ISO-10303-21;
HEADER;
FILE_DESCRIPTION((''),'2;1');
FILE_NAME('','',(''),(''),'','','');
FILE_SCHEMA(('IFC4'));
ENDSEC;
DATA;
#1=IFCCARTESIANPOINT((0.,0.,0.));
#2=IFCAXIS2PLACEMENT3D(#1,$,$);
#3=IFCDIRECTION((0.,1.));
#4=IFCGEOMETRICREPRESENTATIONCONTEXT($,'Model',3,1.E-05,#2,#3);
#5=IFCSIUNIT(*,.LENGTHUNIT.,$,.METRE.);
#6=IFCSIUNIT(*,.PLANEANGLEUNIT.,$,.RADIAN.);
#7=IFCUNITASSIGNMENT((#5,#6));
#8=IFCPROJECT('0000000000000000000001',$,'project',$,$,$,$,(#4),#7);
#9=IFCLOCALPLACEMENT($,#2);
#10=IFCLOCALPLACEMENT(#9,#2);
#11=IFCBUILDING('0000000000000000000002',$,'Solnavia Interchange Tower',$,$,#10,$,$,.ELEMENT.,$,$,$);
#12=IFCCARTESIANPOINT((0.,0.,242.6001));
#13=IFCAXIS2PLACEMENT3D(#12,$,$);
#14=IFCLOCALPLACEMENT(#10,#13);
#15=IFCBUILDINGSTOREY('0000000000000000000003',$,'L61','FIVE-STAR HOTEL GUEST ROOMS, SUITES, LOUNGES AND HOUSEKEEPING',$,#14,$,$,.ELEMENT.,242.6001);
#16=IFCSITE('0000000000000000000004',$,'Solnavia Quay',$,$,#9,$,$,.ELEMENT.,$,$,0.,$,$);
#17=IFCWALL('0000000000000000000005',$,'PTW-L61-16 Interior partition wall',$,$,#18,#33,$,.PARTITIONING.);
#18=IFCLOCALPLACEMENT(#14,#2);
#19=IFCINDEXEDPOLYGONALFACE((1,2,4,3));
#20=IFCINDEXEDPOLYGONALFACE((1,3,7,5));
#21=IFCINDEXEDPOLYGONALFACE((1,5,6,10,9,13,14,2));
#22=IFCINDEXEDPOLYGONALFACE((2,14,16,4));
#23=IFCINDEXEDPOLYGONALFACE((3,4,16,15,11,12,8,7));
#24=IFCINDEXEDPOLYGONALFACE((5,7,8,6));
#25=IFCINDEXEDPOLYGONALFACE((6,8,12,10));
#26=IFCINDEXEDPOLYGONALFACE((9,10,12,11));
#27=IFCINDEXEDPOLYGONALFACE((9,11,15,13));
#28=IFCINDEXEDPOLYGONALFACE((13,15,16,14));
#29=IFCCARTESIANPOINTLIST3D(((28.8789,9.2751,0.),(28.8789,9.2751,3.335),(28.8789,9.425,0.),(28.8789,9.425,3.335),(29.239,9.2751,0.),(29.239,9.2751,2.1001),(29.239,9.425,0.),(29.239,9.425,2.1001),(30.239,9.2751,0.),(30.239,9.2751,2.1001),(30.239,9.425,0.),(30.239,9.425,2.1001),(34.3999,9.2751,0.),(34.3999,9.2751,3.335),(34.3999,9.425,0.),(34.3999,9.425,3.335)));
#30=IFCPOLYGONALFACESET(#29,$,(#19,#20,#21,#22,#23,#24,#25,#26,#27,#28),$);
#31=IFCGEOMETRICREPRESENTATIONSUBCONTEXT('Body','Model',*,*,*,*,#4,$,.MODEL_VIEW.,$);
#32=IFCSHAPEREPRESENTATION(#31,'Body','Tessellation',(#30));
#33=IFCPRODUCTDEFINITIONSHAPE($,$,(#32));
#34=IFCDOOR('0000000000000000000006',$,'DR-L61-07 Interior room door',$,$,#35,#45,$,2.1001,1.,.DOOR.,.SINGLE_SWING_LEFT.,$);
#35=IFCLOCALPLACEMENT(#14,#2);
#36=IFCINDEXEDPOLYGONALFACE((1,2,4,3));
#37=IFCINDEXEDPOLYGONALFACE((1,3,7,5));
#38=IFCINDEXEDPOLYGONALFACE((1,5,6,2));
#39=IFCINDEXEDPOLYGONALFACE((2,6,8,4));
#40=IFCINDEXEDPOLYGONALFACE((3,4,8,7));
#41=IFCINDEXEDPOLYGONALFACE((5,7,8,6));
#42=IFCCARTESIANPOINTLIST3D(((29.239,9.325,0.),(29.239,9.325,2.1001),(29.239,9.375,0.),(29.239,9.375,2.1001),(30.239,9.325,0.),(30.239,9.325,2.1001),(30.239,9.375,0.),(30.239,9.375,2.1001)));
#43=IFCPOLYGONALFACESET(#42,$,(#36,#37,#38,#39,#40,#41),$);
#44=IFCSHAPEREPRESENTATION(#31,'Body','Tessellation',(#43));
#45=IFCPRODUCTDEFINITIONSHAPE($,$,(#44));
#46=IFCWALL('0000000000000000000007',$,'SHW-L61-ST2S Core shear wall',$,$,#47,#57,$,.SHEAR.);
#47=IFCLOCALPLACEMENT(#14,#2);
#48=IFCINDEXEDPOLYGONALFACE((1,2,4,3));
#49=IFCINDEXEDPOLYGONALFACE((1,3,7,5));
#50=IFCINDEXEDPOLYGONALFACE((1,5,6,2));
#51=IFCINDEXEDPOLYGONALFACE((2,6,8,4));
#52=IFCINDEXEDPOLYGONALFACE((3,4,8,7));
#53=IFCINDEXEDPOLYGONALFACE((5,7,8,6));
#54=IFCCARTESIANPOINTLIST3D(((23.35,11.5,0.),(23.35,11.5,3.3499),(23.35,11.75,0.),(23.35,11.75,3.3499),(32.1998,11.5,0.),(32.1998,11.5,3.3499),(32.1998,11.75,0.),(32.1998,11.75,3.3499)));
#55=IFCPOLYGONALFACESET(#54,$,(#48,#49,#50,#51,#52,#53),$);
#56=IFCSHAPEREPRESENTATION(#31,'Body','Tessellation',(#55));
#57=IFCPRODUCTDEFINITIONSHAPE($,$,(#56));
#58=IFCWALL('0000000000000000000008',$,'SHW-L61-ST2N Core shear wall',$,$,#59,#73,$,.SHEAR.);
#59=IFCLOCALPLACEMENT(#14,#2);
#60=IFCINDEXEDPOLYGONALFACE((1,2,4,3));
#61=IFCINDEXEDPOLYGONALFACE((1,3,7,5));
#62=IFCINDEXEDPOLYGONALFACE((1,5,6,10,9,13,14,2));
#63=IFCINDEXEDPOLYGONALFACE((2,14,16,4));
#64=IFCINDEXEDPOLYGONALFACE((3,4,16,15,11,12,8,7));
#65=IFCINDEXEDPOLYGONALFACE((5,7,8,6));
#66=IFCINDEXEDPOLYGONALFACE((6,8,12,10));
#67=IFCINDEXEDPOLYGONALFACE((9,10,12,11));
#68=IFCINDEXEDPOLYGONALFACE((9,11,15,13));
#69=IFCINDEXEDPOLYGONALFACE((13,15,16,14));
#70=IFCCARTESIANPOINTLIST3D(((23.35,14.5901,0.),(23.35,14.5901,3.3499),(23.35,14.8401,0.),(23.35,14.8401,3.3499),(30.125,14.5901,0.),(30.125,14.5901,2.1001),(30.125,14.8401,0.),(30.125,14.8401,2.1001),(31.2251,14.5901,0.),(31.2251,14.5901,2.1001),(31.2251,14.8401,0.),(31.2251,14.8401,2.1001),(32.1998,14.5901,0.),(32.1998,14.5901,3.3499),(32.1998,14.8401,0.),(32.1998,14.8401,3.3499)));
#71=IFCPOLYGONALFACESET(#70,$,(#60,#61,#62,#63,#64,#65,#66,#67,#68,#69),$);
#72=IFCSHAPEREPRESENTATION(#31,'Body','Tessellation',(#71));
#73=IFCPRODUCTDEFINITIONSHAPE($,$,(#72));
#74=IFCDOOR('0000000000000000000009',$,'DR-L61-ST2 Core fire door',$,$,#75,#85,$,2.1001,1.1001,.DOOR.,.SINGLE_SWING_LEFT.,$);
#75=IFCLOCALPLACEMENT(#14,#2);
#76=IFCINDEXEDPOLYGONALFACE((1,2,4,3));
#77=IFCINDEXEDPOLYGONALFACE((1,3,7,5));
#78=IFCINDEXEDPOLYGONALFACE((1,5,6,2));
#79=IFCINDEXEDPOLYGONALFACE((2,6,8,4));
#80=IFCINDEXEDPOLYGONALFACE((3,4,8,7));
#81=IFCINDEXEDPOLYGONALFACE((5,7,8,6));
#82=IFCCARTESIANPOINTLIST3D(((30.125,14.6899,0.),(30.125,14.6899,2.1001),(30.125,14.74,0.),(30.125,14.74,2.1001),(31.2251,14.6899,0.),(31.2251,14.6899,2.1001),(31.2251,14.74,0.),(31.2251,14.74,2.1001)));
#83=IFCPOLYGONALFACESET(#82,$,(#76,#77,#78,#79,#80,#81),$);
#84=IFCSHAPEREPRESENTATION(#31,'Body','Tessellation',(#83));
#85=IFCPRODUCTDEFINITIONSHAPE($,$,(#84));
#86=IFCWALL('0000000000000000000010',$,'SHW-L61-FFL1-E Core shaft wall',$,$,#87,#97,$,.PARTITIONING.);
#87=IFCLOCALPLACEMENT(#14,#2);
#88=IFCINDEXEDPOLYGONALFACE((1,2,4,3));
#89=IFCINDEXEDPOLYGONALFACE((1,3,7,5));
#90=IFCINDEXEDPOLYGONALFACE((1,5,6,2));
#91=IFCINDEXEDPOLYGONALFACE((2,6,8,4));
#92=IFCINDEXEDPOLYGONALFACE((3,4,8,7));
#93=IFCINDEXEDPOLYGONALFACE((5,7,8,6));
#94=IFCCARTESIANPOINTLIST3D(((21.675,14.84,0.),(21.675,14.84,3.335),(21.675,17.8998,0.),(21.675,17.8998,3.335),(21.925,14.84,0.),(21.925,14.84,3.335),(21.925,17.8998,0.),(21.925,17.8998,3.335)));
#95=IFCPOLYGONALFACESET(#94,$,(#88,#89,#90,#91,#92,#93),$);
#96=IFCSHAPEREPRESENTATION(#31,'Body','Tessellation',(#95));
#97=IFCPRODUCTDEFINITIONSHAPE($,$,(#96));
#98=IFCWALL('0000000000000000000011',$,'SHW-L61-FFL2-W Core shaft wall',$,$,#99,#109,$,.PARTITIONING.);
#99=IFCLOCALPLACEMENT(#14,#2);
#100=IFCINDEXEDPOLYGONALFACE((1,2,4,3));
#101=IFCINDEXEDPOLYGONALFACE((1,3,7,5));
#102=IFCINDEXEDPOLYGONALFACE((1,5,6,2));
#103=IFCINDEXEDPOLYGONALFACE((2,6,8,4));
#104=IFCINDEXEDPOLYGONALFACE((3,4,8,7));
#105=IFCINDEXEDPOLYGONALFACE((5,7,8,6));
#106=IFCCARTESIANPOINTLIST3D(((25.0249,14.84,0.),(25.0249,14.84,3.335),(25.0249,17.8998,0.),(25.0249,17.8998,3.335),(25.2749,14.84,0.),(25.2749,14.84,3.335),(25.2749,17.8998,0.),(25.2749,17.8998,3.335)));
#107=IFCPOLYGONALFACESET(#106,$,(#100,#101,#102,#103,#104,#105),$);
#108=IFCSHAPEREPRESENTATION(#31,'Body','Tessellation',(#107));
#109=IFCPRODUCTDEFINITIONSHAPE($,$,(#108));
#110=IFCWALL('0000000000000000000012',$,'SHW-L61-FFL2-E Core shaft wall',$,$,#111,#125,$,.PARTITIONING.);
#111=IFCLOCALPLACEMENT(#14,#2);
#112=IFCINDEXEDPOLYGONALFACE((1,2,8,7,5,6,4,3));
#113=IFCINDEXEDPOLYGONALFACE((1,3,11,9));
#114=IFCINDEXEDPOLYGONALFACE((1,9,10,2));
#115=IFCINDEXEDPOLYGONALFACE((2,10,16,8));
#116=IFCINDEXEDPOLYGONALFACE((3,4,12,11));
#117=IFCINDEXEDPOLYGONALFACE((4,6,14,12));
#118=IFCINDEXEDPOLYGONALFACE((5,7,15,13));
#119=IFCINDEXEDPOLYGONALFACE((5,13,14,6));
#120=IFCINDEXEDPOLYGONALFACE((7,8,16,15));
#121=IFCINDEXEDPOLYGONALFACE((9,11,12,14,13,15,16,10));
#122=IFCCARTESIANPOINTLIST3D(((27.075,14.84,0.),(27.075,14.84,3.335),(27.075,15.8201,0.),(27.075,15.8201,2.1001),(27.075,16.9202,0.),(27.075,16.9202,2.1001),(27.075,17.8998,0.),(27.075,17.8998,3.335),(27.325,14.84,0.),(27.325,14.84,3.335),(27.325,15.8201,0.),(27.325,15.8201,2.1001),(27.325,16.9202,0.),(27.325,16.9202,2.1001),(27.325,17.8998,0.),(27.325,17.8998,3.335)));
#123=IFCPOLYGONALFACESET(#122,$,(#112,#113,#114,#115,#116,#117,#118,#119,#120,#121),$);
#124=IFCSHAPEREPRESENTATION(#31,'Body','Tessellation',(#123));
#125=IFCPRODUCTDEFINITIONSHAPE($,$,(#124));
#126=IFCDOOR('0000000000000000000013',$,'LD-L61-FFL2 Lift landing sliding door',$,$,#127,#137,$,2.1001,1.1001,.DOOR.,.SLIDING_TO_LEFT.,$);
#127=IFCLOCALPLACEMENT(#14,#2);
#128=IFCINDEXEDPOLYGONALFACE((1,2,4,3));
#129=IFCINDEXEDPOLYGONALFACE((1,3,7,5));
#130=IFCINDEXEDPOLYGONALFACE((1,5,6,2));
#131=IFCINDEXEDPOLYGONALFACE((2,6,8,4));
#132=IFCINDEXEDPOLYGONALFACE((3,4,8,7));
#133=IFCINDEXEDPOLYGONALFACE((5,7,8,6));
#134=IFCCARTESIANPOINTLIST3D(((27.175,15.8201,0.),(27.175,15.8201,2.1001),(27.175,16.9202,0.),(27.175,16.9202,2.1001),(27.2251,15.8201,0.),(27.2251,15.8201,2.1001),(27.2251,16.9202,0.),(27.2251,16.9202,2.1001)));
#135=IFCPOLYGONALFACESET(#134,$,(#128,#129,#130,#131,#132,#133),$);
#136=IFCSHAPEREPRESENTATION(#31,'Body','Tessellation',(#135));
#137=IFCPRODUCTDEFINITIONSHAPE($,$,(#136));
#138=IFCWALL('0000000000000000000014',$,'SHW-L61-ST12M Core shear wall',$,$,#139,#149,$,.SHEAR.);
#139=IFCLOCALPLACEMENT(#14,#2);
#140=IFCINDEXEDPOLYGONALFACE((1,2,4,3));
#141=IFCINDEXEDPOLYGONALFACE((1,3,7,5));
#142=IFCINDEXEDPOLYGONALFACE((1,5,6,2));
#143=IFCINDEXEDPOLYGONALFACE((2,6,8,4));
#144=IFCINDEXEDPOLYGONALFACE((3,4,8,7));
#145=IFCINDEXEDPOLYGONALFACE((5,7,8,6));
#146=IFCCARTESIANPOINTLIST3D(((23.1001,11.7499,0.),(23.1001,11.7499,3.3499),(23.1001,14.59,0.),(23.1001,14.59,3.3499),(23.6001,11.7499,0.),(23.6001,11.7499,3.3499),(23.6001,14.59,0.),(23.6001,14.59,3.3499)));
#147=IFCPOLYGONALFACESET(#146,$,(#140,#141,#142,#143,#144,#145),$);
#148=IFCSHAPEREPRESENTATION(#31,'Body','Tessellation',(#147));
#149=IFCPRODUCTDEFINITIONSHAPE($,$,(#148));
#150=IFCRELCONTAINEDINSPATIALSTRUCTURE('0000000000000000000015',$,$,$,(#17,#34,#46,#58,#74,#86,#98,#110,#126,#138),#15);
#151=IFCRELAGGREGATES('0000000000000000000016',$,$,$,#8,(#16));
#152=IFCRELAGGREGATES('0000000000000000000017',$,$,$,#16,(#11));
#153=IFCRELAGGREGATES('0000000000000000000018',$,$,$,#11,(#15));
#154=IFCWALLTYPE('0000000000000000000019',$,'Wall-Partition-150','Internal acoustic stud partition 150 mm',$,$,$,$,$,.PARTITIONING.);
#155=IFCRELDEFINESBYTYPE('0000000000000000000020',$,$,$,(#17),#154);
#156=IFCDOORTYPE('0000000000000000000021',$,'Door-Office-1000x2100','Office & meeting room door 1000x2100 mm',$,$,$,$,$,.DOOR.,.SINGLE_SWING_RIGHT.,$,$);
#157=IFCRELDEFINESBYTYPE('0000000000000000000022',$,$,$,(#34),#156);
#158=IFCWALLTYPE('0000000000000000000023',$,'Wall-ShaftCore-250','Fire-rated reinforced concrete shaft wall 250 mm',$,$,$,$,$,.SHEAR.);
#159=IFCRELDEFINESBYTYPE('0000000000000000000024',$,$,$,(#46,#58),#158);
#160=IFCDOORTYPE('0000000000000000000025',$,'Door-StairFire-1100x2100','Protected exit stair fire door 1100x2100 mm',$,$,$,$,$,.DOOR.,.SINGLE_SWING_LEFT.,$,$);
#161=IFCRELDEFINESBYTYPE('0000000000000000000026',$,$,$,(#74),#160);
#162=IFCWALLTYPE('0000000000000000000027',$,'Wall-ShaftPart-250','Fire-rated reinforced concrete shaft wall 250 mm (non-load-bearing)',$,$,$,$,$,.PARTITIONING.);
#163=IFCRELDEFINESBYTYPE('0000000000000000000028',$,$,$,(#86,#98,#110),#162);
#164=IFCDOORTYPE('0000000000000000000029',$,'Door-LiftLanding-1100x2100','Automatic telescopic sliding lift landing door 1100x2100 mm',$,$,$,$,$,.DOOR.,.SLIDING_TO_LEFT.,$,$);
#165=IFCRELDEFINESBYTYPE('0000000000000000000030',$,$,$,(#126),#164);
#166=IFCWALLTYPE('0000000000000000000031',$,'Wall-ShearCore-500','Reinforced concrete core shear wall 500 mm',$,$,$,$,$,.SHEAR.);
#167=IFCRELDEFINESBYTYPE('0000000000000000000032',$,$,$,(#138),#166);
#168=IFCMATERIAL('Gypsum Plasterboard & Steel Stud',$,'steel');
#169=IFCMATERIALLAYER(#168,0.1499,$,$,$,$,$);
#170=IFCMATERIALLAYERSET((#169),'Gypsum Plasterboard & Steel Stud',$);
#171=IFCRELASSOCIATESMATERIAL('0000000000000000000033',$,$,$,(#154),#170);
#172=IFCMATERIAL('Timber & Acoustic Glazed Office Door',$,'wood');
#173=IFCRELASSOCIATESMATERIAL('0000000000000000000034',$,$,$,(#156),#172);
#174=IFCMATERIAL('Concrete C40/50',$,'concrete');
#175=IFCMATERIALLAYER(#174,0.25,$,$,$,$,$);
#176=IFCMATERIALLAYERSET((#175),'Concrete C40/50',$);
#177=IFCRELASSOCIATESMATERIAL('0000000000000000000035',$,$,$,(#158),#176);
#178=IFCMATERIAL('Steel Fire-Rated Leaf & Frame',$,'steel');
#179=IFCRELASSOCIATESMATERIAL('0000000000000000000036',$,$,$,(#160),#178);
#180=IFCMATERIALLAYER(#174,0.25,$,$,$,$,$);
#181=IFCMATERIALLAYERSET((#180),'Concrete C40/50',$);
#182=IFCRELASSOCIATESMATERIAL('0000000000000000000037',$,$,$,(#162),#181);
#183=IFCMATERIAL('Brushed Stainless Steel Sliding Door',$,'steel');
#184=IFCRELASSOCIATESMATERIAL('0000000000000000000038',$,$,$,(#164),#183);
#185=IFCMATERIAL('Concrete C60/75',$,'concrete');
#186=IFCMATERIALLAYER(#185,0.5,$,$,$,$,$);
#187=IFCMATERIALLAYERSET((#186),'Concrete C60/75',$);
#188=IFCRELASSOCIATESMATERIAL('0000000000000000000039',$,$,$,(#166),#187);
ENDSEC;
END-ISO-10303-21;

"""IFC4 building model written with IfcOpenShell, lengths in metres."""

from ifc_helpers import new_model, si_unit, direction, frame, frame_2d, origin, place, context, subcontext, project, spatial, rectangle, extrude, material, layer, layer_set, type_object, element, fill, save


model = new_model("IFC4")

# Units and contexts
model_context = context("Model", 3, precision=1e-05, world=origin(), true_north=direction((0.0, 1.0)))
body_context = subcontext(model_context, "Body", "Model", "MODEL_VIEW")
ifc_project = project(units=[si_unit("LENGTHUNIT", "METRE"), si_unit("PLANEANGLEUNIT", "RADIAN")], contexts=[model_context])

# Site, building, storey
site_placement = place(None, origin())
site = spatial("IfcSite", under=ifc_project, at=site_placement, Name="Solnavia Quay", CompositionType="ELEMENT", RefElevation=0.0)
building_placement = place(site_placement, origin())
building = spatial("IfcBuilding", under=site, at=building_placement, Name="Solnavia Interchange Tower", CompositionType="ELEMENT")
storey_placement = place(building_placement, frame((0.0, 0.0, 242.6001)))
storey = spatial("IfcBuildingStorey", under=building, at=storey_placement, Name="L61", Description="FIVE-STAR HOTEL GUEST ROOMS, SUITES, LOUNGES AND HOUSEKEEPING", CompositionType="ELEMENT", Elevation=242.6001)

# Wall, opening, door
ifc_material_1 = material(Name="Gypsum Plasterboard & Steel Stud", Category="steel")
ifc_layer_1 = layer(ifc_material_1, 0.1499)
ifc_layer_set_1 = layer_set([ifc_layer_1], Name="Gypsum Plasterboard & Steel Stud")
wall_type_1 = type_object("IfcWallType", Name="Wall-Partition-150", Description="Internal acoustic stud partition 150 mm", PredefinedType="PARTITIONING", material=ifc_layer_set_1)
wall_1_placement = place(storey_placement, frame((28.8789, 9.3501, 0.0), z_axis=(0.0, 0.0, 1.0), x_axis=(1.0, 0.0, 0.0)))
wall_1 = element("IfcWall", 1, at=wall_1_placement, inside=storey, type_object=wall_type_1, Name="PTW-L61-16 Interior partition wall", PredefinedType="PARTITIONING", context=body_context, shape_type="SweptSolid", body=[
    extrude(rectangle(XDim=5.521, YDim=0.1499, at=frame_2d((2.7605, 0.0))), origin(), (0.0, 0.0, 1.0), 3.335),
])
opening_1_placement = place(wall_1_placement, frame((0.3601, 0.0, 0.0)))
opening_1 = element("IfcOpeningElement", 2, at=opening_1_placement, cuts=wall_1, PredefinedType="OPENING", context=body_context, shape_type="SweptSolid", body=[
    extrude(rectangle(XDim=1.0, YDim=2.1001, at=frame_2d((0.5, 1.05))), frame((0.0, 0.085, 0.0), z_axis=(0.0, -1.0, 0.0), x_axis=(1.0, 0.0, 0.0)), (0.0, 0.0, 1.0), 0.1699),
])
ifc_material_2 = material(Name="Timber & Acoustic Glazed Office Door", Category="wood")
door_type_1 = type_object("IfcDoorType", Name="Door-Office-1000x2100", Description="Office & meeting room door 1000x2100 mm", OperationType="SINGLE_SWING_RIGHT", PredefinedType="DOOR", material=ifc_material_2)
door_1_placement = place(opening_1_placement, origin())
door_1 = element("IfcDoor", 3, at=door_1_placement, inside=storey, type_object=door_type_1, Name="DR-L61-07 Interior room door", OperationType="SINGLE_SWING_LEFT", OverallHeight=2.1001, OverallWidth=1.0, PredefinedType="DOOR", context=body_context, shape_type="SweptSolid", body=[
    extrude(rectangle(XDim=1.0, YDim=2.1001, at=frame_2d((0.5, 1.05))), frame((0.0, 0.0249, 0.0), z_axis=(0.0, -1.0, 0.0), x_axis=(1.0, 0.0, 0.0)), (0.0, 0.0, 1.0), 0.05),
])
fill(opening_1, door_1)

# Wall
ifc_material_3 = material(Name="Concrete C40/50", Category="concrete")
ifc_layer_2 = layer(ifc_material_3, 0.25)
ifc_layer_set_2 = layer_set([ifc_layer_2], Name="Concrete C40/50")
wall_type_2 = type_object("IfcWallType", Name="Wall-ShaftCore-250", Description="Fire-rated reinforced concrete shaft wall 250 mm", PredefinedType="SHEAR", material=ifc_layer_set_2)
wall_2_placement = place(storey_placement, frame((23.3501, 11.625, 0.0), z_axis=(0.0, 0.0, 1.0), x_axis=(1.0, 0.0, 0.0)))
element("IfcWall", 4, at=wall_2_placement, inside=storey, type_object=wall_type_2, Name="SHW-L61-ST2S Core shear wall", PredefinedType="SHEAR", context=body_context, shape_type="SweptSolid", body=[
    extrude(rectangle(XDim=8.8499, YDim=0.25, at=frame_2d((4.4248, 0.0))), origin(), (0.0, 0.0, 1.0), 3.3499),
])

# Wall, opening, door
wall_3_placement = place(storey_placement, frame((23.3501, 14.7151, 0.0), z_axis=(0.0, 0.0, 1.0), x_axis=(1.0, 0.0, 0.0)))
wall_3 = element("IfcWall", 5, at=wall_3_placement, inside=storey, type_object=wall_type_2, Name="SHW-L61-ST2N Core shear wall", PredefinedType="SHEAR", context=body_context, shape_type="SweptSolid", body=[
    extrude(rectangle(XDim=8.8499, YDim=0.25, at=frame_2d((4.4248, 0.0))), origin(), (0.0, 0.0, 1.0), 3.3499),
])
opening_2_placement = place(wall_3_placement, frame((6.7749, 0.0, 0.0)))
opening_2 = element("IfcOpeningElement", 6, at=opening_2_placement, cuts=wall_3, PredefinedType="OPENING", context=body_context, shape_type="SweptSolid", body=[
    extrude(rectangle(XDim=1.1001, YDim=2.1001, at=frame_2d((0.55, 1.05))), frame((0.0, 0.135, 0.0), z_axis=(0.0, -1.0, 0.0), x_axis=(1.0, 0.0, 0.0)), (0.0, 0.0, 1.0), 0.27),
])
ifc_material_4 = material(Name="Steel Fire-Rated Leaf & Frame", Category="steel")
door_type_2 = type_object("IfcDoorType", Name="Door-StairFire-1100x2100", Description="Protected exit stair fire door 1100x2100 mm", OperationType="SINGLE_SWING_LEFT", PredefinedType="DOOR", material=ifc_material_4)
door_2_placement = place(opening_2_placement, origin())
door_2 = element("IfcDoor", 7, at=door_2_placement, inside=storey, type_object=door_type_2, Name="DR-L61-ST2 Core fire door", OperationType="SINGLE_SWING_LEFT", OverallHeight=2.1001, OverallWidth=1.1001, PredefinedType="DOOR", context=body_context, shape_type="SweptSolid", body=[
    extrude(rectangle(XDim=1.1001, YDim=2.1001, at=frame_2d((0.55, 1.05))), frame((0.0, 0.0249, 0.0), z_axis=(0.0, -1.0, 0.0), x_axis=(1.0, 0.0, 0.0)), (0.0, 0.0, 1.0), 0.05),
])
fill(opening_2, door_2)

# Walls
ifc_layer_3 = layer(ifc_material_3, 0.25)
ifc_layer_set_3 = layer_set([ifc_layer_3], Name="Concrete C40/50")
wall_type_3 = type_object("IfcWallType", Name="Wall-ShaftPart-250", Description="Fire-rated reinforced concrete shaft wall 250 mm (non-load-bearing)", PredefinedType="PARTITIONING", material=ifc_layer_set_3)
for number, where, z_axis, x_axis, name in (
    (8, (21.8, 14.8401, 0.0), (0.0, 0.0, 1.0), (0.0, 1.0, 0.0), "SHW-L61-FFL1-E Core shaft wall"),
    (9, (25.1499, 14.8401, 0.0), (0.0, 0.0, 1.0), (0.0, 1.0, 0.0), "SHW-L61-FFL2-W Core shaft wall"),
):
    element("IfcWall", number, at=place(storey_placement, frame(where, z_axis=z_axis, x_axis=x_axis)), inside=storey, type_object=wall_type_3, Name=name, PredefinedType="PARTITIONING", context=body_context, shape_type="SweptSolid", body=[
        extrude(rectangle(XDim=3.0598, YDim=0.25, at=frame_2d((1.5298, 0.0))), origin(), (0.0, 0.0, 1.0), 3.335),
    ])

# Wall, opening, door
wall_4_placement = place(storey_placement, frame((27.2, 14.8401, 0.0), z_axis=(0.0, 0.0, 1.0), x_axis=(0.0, 1.0, 0.0)))
wall_4 = element("IfcWall", 10, at=wall_4_placement, inside=storey, type_object=wall_type_3, Name="SHW-L61-FFL2-E Core shaft wall", PredefinedType="PARTITIONING", context=body_context, shape_type="SweptSolid", body=[
    extrude(rectangle(XDim=3.0598, YDim=0.25, at=frame_2d((1.5298, 0.0))), origin(), (0.0, 0.0, 1.0), 3.335),
])
opening_3_placement = place(wall_4_placement, frame((0.98, 0.0, 0.0)))
opening_3 = element("IfcOpeningElement", 11, at=opening_3_placement, cuts=wall_4, PredefinedType="OPENING", context=body_context, shape_type="SweptSolid", body=[
    extrude(rectangle(XDim=1.1001, YDim=2.1001, at=frame_2d((0.55, 1.05))), frame((0.0, 0.135, 0.0), z_axis=(0.0, -1.0, 0.0), x_axis=(1.0, 0.0, 0.0)), (0.0, 0.0, 1.0), 0.27),
])
ifc_material_5 = material(Name="Brushed Stainless Steel Sliding Door", Category="steel")
door_type_3 = type_object("IfcDoorType", Name="Door-LiftLanding-1100x2100", Description="Automatic telescopic sliding lift landing door 1100x2100 mm", OperationType="SLIDING_TO_LEFT", PredefinedType="DOOR", material=ifc_material_5)
door_3_placement = place(opening_3_placement, origin())
door_3 = element("IfcDoor", 12, at=door_3_placement, inside=storey, type_object=door_type_3, Name="LD-L61-FFL2 Lift landing sliding door", OperationType="SLIDING_TO_LEFT", OverallHeight=2.1001, OverallWidth=1.1001, PredefinedType="DOOR", context=body_context, shape_type="SweptSolid", body=[
    extrude(rectangle(XDim=1.1001, YDim=2.1001, at=frame_2d((0.55, 1.05))), frame((0.0, 0.0249, 0.0), z_axis=(0.0, -1.0, 0.0), x_axis=(1.0, 0.0, 0.0)), (0.0, 0.0, 1.0), 0.05),
])
fill(opening_3, door_3)

# Wall
ifc_material_6 = material(Name="Concrete C60/75", Category="concrete")
ifc_layer_4 = layer(ifc_material_6, 0.5)
ifc_layer_set_4 = layer_set([ifc_layer_4], Name="Concrete C60/75")
wall_type_4 = type_object("IfcWallType", Name="Wall-ShearCore-500", Description="Reinforced concrete core shear wall 500 mm", PredefinedType="SHEAR", material=ifc_layer_set_4)
wall_5_placement = place(storey_placement, frame((23.3501, 11.75, 0.0), z_axis=(0.0, 0.0, 1.0), x_axis=(0.0, 1.0, 0.0)))
element("IfcWall", 13, at=wall_5_placement, inside=storey, type_object=wall_type_4, Name="SHW-L61-ST12M Core shear wall", PredefinedType="SHEAR", context=body_context, shape_type="SweptSolid", body=[
    extrude(rectangle(XDim=2.8401, YDim=0.5, at=frame_2d((1.4199, 0.0))), origin(), (0.0, 0.0, 1.0), 3.3499),
])

save(model, "model.ifc")
